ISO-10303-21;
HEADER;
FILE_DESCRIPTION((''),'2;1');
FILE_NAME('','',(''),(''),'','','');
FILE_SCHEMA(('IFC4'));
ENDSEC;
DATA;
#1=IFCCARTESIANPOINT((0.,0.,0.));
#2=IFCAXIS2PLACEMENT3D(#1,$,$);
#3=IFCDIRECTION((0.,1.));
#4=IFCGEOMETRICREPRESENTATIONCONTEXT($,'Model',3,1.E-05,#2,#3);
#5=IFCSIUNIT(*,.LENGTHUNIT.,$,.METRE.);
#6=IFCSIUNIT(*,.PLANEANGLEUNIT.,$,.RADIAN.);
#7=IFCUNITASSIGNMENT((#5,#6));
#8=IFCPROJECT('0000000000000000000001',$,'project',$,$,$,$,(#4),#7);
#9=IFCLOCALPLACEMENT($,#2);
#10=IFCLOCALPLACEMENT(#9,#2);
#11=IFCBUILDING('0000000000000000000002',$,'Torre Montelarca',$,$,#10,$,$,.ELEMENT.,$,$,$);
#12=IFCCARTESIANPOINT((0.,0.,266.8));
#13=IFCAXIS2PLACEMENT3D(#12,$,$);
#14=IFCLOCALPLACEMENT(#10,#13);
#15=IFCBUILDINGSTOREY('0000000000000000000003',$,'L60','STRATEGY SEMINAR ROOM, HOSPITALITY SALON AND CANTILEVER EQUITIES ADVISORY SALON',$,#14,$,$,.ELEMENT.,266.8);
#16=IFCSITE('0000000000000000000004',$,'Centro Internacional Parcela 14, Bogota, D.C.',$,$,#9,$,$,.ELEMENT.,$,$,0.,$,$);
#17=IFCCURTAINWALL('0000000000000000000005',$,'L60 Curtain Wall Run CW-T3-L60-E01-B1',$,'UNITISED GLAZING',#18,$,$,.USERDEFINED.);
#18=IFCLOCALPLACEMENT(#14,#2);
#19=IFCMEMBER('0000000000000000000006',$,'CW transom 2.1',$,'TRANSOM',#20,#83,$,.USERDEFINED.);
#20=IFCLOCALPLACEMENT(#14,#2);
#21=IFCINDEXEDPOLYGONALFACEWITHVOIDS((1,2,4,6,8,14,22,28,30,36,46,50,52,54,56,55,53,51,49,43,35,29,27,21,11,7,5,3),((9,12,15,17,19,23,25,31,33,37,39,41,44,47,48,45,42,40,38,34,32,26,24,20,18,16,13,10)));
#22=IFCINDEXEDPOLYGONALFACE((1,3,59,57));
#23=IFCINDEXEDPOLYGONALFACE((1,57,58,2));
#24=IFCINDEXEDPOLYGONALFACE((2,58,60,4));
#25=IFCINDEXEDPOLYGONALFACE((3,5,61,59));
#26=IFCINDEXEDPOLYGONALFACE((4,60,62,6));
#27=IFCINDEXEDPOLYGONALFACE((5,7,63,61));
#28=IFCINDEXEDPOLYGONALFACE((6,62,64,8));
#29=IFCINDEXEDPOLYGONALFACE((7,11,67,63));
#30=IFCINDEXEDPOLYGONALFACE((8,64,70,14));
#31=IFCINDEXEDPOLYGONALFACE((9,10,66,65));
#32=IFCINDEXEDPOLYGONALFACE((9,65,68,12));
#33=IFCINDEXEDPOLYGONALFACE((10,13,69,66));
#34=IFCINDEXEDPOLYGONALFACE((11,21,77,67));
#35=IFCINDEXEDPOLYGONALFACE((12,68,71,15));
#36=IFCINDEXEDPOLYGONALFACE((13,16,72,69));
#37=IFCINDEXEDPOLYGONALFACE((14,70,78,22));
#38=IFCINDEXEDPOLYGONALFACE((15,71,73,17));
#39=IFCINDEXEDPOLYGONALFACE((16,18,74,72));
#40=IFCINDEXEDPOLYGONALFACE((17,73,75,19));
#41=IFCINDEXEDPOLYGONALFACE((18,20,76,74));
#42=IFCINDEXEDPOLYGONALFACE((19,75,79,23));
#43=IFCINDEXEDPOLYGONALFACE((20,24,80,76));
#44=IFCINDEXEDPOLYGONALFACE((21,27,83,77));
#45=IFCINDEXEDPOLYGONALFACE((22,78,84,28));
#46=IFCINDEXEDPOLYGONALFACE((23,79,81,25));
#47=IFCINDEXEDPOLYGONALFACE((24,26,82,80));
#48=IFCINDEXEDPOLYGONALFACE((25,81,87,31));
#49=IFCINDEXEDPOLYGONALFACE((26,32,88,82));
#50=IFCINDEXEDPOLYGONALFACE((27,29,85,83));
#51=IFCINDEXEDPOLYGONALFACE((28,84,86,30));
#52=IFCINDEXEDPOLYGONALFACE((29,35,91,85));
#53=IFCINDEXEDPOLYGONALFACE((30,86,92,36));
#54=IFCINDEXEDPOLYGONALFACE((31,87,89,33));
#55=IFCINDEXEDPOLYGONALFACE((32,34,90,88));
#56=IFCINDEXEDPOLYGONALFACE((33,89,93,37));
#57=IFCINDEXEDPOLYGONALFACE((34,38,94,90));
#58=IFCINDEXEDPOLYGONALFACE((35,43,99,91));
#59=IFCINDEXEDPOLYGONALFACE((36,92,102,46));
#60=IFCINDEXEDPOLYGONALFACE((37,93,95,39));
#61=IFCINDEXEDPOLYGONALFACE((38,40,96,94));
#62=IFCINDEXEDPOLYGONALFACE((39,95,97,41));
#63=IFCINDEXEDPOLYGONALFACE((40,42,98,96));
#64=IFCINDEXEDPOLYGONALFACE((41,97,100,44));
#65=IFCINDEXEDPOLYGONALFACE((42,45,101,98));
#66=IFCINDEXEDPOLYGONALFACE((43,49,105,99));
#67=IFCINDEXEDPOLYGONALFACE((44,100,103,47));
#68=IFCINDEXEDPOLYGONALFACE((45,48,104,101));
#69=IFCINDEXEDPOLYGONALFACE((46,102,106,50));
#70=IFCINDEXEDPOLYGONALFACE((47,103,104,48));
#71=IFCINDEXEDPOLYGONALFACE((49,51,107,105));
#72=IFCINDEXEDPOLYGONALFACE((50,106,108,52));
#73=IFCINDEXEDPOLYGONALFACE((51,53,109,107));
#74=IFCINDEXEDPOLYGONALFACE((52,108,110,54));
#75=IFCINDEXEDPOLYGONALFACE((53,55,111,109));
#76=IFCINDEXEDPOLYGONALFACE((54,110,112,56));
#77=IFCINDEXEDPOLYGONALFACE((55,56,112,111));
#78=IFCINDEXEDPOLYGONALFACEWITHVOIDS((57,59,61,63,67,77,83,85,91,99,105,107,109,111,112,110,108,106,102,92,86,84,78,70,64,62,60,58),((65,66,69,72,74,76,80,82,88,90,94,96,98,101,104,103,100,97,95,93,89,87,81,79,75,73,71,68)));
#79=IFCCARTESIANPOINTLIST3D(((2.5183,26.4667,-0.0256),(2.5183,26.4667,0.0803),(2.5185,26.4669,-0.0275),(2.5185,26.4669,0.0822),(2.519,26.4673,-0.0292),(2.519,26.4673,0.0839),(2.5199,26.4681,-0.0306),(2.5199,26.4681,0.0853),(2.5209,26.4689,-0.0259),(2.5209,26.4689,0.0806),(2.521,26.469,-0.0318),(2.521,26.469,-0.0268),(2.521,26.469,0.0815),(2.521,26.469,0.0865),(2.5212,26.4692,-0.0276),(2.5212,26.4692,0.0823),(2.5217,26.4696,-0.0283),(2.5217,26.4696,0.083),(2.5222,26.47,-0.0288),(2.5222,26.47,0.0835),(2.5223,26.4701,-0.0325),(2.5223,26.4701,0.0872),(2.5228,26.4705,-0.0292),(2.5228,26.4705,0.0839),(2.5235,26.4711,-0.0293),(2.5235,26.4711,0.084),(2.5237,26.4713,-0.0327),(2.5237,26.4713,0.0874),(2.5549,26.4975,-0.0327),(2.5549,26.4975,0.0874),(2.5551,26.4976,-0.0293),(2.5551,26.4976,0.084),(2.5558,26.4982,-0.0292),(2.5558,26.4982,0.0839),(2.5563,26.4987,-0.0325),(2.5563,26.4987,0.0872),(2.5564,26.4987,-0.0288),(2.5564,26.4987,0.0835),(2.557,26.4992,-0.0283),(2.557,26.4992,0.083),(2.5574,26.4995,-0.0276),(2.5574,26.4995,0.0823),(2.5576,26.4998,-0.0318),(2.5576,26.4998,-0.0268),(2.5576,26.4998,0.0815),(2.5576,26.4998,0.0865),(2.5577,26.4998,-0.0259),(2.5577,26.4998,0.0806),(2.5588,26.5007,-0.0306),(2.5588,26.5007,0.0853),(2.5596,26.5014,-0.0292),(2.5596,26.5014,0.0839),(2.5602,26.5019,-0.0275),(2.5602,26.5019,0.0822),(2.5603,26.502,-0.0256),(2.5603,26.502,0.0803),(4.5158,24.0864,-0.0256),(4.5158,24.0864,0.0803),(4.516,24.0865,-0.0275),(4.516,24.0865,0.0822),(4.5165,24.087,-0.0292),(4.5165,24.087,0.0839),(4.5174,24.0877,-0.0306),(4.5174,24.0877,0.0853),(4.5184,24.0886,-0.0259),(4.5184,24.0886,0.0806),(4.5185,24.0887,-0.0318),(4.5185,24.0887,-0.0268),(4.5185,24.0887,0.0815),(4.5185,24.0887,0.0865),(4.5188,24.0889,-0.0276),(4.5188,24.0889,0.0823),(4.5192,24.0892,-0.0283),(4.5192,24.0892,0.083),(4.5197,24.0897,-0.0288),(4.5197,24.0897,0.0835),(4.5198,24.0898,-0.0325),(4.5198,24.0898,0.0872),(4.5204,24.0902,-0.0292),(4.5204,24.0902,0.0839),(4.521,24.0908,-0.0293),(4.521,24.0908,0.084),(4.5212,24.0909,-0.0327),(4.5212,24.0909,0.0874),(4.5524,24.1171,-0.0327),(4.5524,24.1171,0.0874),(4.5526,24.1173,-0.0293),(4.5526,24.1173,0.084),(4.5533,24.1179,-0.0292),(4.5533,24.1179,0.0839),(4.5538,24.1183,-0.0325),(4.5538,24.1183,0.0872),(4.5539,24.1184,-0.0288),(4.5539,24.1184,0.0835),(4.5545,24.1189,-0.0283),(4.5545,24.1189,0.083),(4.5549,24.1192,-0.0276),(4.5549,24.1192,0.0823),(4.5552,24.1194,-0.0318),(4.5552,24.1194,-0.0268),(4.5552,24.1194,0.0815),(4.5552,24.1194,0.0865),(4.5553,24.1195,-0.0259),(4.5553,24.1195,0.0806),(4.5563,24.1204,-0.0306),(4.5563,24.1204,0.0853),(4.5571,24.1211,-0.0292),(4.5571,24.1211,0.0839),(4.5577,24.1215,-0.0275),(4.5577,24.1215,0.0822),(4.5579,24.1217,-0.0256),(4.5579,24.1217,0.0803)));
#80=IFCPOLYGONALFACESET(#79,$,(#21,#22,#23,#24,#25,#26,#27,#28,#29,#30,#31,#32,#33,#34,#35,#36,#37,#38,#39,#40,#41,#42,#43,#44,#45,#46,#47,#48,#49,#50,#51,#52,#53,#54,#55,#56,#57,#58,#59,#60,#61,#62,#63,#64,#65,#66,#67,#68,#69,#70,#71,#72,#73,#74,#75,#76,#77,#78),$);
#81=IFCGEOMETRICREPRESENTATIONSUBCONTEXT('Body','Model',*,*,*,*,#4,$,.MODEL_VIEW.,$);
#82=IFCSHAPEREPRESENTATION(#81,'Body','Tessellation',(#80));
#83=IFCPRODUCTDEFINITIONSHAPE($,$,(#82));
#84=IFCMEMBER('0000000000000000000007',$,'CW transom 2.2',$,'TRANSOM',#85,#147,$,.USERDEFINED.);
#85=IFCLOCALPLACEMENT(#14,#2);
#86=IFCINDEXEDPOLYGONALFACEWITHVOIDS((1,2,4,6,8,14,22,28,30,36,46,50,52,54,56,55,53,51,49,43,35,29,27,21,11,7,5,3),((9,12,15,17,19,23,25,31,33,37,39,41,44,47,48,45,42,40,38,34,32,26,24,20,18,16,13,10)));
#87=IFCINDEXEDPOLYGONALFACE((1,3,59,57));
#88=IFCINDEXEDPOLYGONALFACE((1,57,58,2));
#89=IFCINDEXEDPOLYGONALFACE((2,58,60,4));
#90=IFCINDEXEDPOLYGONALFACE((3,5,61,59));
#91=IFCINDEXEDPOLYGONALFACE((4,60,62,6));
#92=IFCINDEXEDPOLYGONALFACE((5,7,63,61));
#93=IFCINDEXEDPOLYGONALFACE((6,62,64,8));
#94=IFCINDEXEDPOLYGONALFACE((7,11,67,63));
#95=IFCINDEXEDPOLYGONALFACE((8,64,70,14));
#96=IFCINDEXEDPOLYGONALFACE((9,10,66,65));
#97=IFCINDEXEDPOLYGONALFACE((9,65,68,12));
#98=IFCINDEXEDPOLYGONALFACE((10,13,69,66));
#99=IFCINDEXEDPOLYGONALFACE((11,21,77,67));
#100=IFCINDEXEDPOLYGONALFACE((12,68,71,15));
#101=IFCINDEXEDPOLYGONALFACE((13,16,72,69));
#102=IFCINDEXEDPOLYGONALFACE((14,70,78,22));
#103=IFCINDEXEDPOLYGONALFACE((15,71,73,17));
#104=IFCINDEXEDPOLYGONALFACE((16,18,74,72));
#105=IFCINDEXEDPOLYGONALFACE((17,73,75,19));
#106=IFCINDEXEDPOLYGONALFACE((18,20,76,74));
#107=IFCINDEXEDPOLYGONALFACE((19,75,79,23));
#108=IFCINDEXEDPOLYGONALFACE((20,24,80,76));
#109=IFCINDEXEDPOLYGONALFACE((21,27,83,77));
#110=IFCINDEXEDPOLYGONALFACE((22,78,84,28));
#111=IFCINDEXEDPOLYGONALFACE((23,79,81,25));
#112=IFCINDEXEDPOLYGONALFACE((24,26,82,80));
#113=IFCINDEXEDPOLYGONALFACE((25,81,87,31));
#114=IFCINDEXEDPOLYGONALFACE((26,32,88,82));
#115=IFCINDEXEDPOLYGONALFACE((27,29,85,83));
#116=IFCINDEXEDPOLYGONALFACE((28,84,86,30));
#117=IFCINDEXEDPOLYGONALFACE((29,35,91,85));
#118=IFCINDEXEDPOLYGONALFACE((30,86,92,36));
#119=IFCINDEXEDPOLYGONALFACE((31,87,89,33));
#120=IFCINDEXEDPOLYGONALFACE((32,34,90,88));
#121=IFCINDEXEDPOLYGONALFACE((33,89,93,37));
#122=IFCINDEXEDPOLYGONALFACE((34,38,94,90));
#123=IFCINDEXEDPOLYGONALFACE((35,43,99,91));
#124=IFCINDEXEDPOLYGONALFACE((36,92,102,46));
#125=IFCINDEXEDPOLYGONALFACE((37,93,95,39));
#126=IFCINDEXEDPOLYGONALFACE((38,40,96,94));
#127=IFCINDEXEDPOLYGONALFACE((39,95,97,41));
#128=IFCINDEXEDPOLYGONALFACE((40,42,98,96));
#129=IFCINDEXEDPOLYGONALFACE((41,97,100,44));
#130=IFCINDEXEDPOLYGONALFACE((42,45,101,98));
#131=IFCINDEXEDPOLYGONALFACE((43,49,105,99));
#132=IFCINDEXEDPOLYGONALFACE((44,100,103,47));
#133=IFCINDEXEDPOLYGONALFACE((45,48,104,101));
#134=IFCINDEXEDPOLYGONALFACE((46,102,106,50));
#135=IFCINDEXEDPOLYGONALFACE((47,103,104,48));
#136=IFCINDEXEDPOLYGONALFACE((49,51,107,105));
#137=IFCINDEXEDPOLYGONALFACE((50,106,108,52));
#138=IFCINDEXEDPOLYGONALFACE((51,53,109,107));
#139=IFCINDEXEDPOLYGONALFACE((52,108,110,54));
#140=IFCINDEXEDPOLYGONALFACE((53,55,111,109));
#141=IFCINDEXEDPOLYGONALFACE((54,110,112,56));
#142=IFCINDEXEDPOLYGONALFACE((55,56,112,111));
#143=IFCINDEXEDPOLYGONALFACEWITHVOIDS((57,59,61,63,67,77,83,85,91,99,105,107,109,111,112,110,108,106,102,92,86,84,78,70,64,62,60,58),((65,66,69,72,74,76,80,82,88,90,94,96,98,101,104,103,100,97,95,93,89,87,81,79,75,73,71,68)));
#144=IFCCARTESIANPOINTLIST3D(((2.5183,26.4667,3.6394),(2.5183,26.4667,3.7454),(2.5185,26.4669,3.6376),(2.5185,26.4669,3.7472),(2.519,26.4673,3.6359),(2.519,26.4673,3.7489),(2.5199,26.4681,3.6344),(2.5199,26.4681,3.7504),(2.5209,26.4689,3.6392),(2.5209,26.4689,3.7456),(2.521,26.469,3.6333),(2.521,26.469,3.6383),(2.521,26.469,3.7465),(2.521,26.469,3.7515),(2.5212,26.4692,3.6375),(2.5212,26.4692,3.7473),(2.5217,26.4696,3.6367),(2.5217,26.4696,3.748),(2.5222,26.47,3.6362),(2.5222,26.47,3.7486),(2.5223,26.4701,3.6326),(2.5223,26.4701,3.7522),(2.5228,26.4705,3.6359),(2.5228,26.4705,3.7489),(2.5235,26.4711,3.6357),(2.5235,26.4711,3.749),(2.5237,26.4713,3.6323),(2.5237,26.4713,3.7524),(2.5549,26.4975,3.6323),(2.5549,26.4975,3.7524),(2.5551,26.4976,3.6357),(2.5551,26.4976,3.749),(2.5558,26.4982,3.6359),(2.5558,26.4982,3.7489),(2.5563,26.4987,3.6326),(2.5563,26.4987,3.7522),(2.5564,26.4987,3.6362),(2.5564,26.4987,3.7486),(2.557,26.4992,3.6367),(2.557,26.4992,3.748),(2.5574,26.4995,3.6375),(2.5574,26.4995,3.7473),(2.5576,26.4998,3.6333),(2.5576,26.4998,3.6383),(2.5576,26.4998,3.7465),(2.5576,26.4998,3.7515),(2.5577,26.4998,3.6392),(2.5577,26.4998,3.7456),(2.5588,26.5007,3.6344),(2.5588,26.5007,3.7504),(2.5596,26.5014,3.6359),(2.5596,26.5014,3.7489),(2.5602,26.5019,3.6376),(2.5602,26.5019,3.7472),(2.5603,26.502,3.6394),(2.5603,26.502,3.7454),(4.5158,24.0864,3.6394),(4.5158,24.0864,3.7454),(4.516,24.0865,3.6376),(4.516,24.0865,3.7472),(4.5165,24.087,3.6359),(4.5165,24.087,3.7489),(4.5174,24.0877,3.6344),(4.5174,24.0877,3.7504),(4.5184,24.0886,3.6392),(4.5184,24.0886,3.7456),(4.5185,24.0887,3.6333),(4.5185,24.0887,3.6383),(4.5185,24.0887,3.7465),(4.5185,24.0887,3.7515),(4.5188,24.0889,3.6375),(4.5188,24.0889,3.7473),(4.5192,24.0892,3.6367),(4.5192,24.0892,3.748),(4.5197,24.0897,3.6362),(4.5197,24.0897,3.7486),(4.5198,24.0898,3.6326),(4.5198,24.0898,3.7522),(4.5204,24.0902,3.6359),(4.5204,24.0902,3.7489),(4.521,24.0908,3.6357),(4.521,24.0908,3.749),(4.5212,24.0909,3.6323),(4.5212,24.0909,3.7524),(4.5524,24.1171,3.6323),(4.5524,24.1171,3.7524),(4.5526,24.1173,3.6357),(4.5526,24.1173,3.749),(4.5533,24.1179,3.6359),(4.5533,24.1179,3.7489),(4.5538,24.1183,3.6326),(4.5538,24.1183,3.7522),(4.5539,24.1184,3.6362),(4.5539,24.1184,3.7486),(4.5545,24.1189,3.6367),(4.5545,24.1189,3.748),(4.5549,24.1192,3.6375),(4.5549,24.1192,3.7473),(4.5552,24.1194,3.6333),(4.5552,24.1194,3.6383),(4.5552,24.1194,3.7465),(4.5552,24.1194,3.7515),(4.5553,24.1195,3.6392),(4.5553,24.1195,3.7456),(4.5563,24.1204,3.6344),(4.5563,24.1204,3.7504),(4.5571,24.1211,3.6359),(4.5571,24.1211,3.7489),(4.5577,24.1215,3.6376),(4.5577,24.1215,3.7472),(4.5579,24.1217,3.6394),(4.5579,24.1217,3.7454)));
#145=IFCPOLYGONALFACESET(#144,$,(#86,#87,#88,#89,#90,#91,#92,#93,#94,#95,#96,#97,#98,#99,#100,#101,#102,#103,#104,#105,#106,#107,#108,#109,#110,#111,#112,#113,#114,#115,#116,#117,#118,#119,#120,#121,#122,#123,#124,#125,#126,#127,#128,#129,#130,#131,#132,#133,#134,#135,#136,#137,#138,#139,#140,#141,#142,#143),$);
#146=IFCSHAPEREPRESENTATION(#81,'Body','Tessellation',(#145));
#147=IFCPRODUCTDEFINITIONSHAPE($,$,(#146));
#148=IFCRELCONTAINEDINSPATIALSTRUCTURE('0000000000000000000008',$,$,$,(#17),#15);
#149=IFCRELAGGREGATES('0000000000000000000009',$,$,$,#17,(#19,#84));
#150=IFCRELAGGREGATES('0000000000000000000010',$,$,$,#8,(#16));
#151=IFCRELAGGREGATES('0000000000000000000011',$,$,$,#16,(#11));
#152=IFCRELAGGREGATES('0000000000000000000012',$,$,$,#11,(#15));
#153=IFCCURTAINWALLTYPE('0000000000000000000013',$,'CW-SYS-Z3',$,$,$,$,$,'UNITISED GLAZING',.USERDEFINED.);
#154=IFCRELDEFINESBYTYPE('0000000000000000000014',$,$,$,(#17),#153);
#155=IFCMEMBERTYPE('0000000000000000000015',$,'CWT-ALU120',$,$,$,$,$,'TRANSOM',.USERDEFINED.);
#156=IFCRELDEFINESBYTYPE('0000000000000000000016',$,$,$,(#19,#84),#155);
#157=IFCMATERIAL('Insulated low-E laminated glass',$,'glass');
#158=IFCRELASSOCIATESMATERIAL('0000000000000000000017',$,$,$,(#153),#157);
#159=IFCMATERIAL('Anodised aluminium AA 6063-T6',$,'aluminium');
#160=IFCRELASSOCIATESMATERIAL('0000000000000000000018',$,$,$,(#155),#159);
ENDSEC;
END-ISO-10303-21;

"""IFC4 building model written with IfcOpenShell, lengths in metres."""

from ifc_helpers import new_model, si_unit, direction, frame, origin, origin_2d, place, context, subcontext, project, spatial, hollow_rectangle, extrude, source, transform, mapped, material, material_profile, profile_set, type_object, element, aggregate, save


model = new_model("IFC4")

# Units and contexts
model_context = context("Model", 3, precision=1e-05, world=origin(), true_north=direction((0.0, 1.0)))
body_context = subcontext(model_context, "Body", "Model", "MODEL_VIEW")
ifc_project = project(units=[si_unit("LENGTHUNIT", "METRE"), si_unit("PLANEANGLEUNIT", "RADIAN")], contexts=[model_context])

# Site, building, storey
site_placement = place(None, origin())
site = spatial("IfcSite", under=ifc_project, at=site_placement, Name="Centro Internacional Parcela 14, Bogota, D.C.", CompositionType="ELEMENT", RefElevation=0.0)
building_placement = place(site_placement, origin())
building = spatial("IfcBuilding", under=site, at=building_placement, Name="Torre Montelarca", CompositionType="ELEMENT")
storey_placement = place(building_placement, frame((0.0, 0.0, 266.8)))
storey = spatial("IfcBuildingStorey", under=building, at=storey_placement, Name="L60", Description="STRATEGY SEMINAR ROOM, HOSPITALITY SALON AND CANTILEVER EQUITIES ADVISORY SALON", CompositionType="ELEMENT", Elevation=266.8)

# Curtain wall
ifc_material_1 = material(Name="Insulated low-E laminated glass", Category="glass")
curtain_wall_type = type_object("IfcCurtainWallType", Name="CW-SYS-Z3", ElementType="UNITISED GLAZING", PredefinedType="USERDEFINED", material=ifc_material_1)
curtain_wall_1_placement = place(storey_placement, origin())
curtain_wall_1 = element("IfcCurtainWall", 1, at=curtain_wall_1_placement, inside=storey, type_object=curtain_wall_type, Name="L60 Curtain Wall Run CW-T3-L60-E01-B1", ObjectType="UNITISED GLAZING", PredefinedType="USERDEFINED")
ifc_material_2 = material(Name="Anodised aluminium AA 6063-T6", Category="aluminium")

# Members
ifc_material_profile_1 = material_profile(ifc_material_2, hollow_rectangle(XDim=0.0549, YDim=0.1201, WallThickness=0.0034, InnerFilletRadius=0.0034, OuterFilletRadius=0.0071, at=origin_2d()), Name="ALU55X120X3.5", Category="aluminium")
ifc_profile_set_1 = profile_set([ifc_material_profile_1], Name="Anodised aluminium AA 6063-T6")
member_type_1 = type_object("IfcMemberType", Name="CWT-ALU120", ElementType="TRANSOM", PredefinedType="USERDEFINED", material=ifc_profile_set_1)
shared_shape_1 = source(origin(), body_context, "Body", "SweptSolid", [
    extrude(hollow_rectangle(XDim=0.0549, YDim=0.1201, WallThickness=0.0034, InnerFilletRadius=0.0034, OuterFilletRadius=0.0071, at=origin_2d()), origin(), (0.0, 0.0, 1.0), 3.1074),
])
member_1_placement = place(storey_placement, frame((2.5393, 26.4844, 0.0273), z_axis=(0.642824, -0.766014, 0.0), x_axis=(0.766014, 0.642824, 0.0)))
member_1 = element("IfcMember", 2, at=member_1_placement, type_object=member_type_1, Name="CW transom 2.1", ObjectType="TRANSOM", PredefinedType="USERDEFINED", context=body_context, shape_type="MappedRepresentation", body=[
    mapped(shared_shape_1, transform((0.0, 0.0, 0.0), scale=1.0)),
])
member_2_placement = place(storey_placement, frame((2.5393, 26.4844, 3.6924), z_axis=(0.642824, -0.766014, 0.0), x_axis=(0.766014, 0.642824, 0.0)))
member_2 = element("IfcMember", 3, at=member_2_placement, type_object=member_type_1, Name="CW transom 2.2", ObjectType="TRANSOM", PredefinedType="USERDEFINED", context=body_context, shape_type="MappedRepresentation", body=[
    mapped(shared_shape_1, transform((0.0, 0.0, 0.0), scale=1.0)),
])

aggregate(curtain_wall_1, [member_1, member_2])

save(model, "model.ifc")
